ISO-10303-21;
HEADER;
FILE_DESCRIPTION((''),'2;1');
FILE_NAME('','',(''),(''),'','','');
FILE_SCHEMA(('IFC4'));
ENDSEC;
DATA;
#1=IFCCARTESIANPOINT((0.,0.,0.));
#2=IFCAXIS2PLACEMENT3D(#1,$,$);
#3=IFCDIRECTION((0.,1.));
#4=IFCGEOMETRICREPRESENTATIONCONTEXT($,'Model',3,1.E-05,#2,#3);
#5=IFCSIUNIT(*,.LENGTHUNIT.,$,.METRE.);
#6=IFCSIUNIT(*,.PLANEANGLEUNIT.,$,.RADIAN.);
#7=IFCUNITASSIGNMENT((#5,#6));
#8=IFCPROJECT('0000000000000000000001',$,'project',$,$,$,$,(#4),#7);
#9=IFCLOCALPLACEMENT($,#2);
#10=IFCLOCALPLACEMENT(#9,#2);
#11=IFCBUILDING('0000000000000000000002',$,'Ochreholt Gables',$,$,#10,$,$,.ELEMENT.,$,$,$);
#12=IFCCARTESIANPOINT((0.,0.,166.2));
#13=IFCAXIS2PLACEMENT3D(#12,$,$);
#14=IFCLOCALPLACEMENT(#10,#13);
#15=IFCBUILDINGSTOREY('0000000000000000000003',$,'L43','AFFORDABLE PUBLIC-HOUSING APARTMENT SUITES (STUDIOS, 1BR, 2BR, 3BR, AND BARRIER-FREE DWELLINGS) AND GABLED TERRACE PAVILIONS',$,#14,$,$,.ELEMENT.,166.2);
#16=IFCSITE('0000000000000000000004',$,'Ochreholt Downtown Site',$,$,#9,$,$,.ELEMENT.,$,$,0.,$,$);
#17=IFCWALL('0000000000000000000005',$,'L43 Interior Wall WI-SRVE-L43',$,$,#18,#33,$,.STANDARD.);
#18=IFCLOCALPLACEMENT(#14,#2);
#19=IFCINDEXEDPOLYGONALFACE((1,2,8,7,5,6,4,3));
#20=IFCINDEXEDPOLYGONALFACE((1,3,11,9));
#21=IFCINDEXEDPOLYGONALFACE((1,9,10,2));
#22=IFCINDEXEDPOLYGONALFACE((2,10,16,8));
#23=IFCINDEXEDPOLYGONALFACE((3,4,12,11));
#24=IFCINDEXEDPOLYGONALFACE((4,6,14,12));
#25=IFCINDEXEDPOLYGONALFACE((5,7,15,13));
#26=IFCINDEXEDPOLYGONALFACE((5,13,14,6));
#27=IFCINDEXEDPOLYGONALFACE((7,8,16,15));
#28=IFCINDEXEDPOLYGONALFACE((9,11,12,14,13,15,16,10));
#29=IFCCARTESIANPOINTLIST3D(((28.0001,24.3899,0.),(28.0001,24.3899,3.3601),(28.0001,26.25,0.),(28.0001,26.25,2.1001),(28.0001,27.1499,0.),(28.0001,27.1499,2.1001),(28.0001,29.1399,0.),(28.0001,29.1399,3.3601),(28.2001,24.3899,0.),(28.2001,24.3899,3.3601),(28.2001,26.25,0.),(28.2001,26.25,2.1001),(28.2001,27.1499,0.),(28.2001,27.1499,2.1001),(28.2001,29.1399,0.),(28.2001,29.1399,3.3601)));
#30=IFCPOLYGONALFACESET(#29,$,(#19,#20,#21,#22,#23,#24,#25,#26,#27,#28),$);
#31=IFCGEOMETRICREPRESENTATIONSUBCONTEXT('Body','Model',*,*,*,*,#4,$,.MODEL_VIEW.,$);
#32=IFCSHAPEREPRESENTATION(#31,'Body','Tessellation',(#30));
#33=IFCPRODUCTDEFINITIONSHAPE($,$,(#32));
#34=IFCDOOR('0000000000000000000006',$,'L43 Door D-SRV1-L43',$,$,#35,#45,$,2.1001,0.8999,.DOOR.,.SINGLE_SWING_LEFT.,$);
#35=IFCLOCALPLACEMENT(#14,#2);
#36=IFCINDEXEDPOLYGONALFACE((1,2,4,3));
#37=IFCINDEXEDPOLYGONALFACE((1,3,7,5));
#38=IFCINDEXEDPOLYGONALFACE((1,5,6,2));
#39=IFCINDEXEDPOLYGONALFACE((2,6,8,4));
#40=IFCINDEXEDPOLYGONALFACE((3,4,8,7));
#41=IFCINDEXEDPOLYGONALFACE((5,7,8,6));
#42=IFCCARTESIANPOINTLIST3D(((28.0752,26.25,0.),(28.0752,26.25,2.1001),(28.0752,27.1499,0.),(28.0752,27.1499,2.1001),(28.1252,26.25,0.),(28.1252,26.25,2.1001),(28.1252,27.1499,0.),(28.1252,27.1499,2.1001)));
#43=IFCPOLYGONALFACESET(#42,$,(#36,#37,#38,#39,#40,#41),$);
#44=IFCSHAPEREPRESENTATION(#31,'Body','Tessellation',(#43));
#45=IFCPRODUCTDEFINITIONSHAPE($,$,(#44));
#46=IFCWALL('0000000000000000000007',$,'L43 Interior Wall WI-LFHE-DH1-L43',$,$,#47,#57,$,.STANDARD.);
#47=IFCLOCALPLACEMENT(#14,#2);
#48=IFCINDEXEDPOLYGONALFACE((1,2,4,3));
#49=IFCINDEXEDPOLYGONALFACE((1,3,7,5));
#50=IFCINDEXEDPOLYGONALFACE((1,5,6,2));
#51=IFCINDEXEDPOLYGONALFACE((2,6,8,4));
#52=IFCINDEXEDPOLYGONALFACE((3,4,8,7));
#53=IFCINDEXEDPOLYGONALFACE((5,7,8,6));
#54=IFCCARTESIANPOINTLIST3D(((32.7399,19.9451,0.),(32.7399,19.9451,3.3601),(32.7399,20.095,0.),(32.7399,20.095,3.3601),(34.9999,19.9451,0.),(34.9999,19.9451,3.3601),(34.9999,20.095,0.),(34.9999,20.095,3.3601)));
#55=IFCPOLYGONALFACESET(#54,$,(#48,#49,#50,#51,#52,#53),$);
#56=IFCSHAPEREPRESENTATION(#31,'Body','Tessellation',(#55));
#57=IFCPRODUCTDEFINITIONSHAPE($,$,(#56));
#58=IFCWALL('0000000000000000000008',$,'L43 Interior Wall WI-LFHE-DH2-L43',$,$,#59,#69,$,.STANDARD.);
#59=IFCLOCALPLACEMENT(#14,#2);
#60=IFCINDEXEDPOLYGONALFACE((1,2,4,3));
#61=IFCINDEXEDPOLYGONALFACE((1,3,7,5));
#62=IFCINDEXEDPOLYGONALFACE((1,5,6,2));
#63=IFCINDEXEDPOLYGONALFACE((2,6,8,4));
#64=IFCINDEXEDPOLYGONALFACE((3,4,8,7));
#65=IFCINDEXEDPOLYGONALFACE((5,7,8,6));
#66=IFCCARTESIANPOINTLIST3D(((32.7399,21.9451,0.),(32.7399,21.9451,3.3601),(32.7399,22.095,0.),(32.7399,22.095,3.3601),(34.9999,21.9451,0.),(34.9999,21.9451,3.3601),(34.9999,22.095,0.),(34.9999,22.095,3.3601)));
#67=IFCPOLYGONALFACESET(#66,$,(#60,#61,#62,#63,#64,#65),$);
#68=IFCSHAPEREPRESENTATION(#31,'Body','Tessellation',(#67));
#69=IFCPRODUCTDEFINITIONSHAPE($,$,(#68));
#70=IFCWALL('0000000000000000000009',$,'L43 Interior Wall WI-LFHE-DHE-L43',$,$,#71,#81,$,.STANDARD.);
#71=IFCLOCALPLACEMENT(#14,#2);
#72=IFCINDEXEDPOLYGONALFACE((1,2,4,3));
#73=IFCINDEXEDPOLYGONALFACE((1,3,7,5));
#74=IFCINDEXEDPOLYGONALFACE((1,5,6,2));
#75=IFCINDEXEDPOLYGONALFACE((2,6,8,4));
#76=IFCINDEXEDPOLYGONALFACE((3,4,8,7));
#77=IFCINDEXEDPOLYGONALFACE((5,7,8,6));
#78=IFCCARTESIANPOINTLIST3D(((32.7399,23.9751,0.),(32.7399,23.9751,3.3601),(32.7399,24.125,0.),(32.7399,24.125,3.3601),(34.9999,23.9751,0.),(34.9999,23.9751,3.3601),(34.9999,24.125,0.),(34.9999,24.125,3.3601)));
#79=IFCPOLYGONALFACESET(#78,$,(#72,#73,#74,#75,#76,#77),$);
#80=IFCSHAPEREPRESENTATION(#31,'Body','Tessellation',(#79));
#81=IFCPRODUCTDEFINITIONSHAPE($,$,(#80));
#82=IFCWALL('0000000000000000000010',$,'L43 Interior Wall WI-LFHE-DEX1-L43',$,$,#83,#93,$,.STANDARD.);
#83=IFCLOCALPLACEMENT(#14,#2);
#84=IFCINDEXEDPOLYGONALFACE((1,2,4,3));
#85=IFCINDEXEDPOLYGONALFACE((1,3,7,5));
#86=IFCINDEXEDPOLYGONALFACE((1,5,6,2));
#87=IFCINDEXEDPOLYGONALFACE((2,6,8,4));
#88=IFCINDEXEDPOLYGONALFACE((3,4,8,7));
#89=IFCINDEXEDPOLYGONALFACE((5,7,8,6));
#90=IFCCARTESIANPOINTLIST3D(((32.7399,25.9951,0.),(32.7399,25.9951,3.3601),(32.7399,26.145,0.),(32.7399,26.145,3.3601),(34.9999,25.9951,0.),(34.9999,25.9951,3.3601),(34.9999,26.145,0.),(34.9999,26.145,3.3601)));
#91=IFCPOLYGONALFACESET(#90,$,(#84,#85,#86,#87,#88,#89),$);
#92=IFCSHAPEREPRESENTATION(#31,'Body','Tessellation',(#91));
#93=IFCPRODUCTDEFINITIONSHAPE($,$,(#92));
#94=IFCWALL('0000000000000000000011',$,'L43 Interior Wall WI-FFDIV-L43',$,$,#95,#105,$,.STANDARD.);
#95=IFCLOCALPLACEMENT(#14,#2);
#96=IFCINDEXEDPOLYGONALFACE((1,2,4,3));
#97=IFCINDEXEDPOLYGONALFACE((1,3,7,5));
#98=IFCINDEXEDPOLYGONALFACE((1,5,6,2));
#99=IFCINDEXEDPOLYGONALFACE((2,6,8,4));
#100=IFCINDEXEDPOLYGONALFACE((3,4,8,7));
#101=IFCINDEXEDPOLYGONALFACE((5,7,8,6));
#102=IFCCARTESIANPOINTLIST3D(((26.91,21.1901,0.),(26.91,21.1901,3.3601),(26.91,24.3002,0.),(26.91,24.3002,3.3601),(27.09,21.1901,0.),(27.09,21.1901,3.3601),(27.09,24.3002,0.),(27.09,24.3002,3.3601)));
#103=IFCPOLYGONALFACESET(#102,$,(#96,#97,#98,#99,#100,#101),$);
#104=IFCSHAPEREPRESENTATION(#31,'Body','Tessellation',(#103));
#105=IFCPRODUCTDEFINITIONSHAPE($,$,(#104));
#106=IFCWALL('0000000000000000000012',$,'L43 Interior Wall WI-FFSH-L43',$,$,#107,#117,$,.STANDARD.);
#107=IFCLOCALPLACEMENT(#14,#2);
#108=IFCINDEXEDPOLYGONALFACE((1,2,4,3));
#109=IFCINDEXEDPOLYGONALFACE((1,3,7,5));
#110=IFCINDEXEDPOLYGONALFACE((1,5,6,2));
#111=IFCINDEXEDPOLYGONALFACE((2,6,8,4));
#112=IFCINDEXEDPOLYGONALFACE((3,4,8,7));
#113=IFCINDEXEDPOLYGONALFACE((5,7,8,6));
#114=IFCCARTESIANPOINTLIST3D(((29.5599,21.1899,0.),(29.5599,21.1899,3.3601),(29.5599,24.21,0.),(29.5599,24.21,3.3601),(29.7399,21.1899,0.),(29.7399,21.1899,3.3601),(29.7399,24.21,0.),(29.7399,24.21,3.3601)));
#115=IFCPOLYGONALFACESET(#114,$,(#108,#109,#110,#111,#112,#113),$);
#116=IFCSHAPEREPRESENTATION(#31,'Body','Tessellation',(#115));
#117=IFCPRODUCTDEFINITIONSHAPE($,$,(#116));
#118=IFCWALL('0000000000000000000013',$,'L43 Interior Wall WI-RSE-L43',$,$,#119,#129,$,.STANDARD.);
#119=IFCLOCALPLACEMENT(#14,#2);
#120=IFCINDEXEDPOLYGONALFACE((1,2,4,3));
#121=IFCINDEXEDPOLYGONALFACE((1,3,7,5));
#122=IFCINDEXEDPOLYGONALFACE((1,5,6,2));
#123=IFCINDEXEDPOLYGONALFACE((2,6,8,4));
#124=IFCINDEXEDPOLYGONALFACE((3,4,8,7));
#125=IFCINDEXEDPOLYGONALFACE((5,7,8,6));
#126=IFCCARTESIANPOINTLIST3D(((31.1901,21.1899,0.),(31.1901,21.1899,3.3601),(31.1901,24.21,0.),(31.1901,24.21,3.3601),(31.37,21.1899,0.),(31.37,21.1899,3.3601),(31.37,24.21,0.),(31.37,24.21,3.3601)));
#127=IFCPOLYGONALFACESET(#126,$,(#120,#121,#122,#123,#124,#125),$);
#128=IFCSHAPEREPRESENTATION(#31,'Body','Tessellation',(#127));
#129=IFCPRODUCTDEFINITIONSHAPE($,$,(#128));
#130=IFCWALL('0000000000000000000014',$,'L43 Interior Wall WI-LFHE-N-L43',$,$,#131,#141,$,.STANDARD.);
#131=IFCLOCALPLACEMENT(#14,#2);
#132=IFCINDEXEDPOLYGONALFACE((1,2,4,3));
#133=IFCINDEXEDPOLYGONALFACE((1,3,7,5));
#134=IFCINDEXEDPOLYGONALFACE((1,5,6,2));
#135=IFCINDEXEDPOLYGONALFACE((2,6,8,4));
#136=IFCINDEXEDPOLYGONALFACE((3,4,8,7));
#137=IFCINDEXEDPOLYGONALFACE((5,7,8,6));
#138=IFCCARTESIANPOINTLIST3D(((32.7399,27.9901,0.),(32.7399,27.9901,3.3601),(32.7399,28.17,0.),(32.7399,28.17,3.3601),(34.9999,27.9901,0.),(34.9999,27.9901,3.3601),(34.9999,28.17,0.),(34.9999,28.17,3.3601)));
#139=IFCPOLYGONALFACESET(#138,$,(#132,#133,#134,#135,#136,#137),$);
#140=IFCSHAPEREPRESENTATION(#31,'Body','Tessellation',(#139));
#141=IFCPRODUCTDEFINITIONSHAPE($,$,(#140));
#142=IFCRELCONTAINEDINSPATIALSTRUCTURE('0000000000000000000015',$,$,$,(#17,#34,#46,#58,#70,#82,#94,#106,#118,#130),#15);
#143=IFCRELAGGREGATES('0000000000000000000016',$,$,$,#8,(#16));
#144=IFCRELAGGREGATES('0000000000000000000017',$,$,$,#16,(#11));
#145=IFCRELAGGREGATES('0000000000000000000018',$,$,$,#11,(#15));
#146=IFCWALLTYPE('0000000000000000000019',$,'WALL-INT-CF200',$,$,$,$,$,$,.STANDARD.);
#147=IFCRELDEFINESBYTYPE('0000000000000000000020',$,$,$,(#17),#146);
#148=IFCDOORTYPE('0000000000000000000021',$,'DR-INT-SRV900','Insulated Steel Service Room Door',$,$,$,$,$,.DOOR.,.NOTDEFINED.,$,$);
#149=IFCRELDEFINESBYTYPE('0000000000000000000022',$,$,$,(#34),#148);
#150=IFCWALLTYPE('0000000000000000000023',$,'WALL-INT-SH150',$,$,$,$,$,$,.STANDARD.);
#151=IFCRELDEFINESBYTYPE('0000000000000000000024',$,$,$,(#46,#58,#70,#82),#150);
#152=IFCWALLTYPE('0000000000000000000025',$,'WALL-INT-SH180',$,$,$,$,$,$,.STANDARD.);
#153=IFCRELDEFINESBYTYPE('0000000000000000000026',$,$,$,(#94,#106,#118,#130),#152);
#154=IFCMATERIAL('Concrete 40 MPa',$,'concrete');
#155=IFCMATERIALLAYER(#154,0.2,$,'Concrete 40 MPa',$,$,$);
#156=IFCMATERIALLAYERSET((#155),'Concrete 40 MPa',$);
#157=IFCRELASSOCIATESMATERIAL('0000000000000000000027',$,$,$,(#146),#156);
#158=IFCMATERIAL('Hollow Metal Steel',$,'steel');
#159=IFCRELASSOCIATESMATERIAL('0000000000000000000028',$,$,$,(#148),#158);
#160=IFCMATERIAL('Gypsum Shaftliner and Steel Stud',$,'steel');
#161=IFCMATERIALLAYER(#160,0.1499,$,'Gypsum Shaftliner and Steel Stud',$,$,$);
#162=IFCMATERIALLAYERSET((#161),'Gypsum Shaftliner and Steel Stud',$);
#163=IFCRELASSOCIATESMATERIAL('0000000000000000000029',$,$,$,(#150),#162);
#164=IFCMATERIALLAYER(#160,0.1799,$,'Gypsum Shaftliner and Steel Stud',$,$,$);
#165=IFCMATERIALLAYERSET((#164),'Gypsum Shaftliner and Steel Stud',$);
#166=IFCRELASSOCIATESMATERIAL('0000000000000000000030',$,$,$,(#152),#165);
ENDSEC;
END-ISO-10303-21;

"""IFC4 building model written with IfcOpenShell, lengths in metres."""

from ifc_helpers import new_model, si_unit, direction, frame, frame_2d, origin, place, context, subcontext, project, spatial, rectangle, extrude, material, layer, layer_set, type_object, element, fill, save


model = new_model("IFC4")

# Units and contexts
model_context = context("Model", 3, precision=1e-05, world=origin(), true_north=direction((0.0, 1.0)))
body_context = subcontext(model_context, "Body", "Model", "MODEL_VIEW")
ifc_project = project(units=[si_unit("LENGTHUNIT", "METRE"), si_unit("PLANEANGLEUNIT", "RADIAN")], contexts=[model_context])

# Site, building, storey
site_placement = place(None, origin())
site = spatial("IfcSite", under=ifc_project, at=site_placement, Name="Ochreholt Downtown Site", CompositionType="ELEMENT", RefElevation=0.0)
building_placement = place(site_placement, origin())
building = spatial("IfcBuilding", under=site, at=building_placement, Name="Ochreholt Gables", CompositionType="ELEMENT")
storey_placement = place(building_placement, frame((0.0, 0.0, 166.2)))
storey = spatial("IfcBuildingStorey", under=building, at=storey_placement, Name="L43", Description="AFFORDABLE PUBLIC-HOUSING APARTMENT SUITES (STUDIOS, 1BR, 2BR, 3BR, AND BARRIER-FREE DWELLINGS) AND GABLED TERRACE PAVILIONS", CompositionType="ELEMENT", Elevation=166.2)

# Wall, opening, door
ifc_material_1 = material(Name="Concrete 40 MPa", Category="concrete")
ifc_layer_1 = layer(ifc_material_1, 0.2, Name="Concrete 40 MPa")
ifc_layer_set_1 = layer_set([ifc_layer_1], Name="Concrete 40 MPa")
wall_type_1 = type_object("IfcWallType", Name="WALL-INT-CF200", PredefinedType="STANDARD", material=ifc_layer_set_1)
wall_1_placement = place(storey_placement, frame((28.1001, 24.3899, 0.0), z_axis=(0.0, 0.0, 1.0), x_axis=(0.0, 1.0, 0.0)))
wall_1 = element("IfcWall", 1, at=wall_1_placement, inside=storey, type_object=wall_type_1, Name="L43 Interior Wall WI-SRVE-L43", PredefinedType="STANDARD", context=body_context, shape_type="SweptSolid", body=[
    extrude(rectangle(XDim=4.75, YDim=0.2, at=frame_2d((2.375, 0.0))), origin(), (0.0, 0.0, 1.0), 3.3601),
])
opening_1_placement = place(wall_1_placement, frame((1.8601, 0.0, 0.0)))
opening_1 = element("IfcOpeningElement", 2, at=opening_1_placement, cuts=wall_1, PredefinedType="OPENING", context=body_context, shape_type="SweptSolid", body=[
    extrude(rectangle(XDim=0.8999, YDim=2.1001, at=frame_2d((0.45, 1.05))), frame((0.0, 0.1099, 0.0), z_axis=(0.0, -1.0, 0.0), x_axis=(1.0, 0.0, 0.0)), (0.0, 0.0, 1.0), 0.22),
])
ifc_material_2 = material(Name="Hollow Metal Steel", Category="steel")
door_type_1 = type_object("IfcDoorType", Name="DR-INT-SRV900", Description="Insulated Steel Service Room Door", OperationType="NOTDEFINED", PredefinedType="DOOR", material=ifc_material_2)
door_1_placement = place(opening_1_placement, origin())
door_1 = element("IfcDoor", 3, at=door_1_placement, inside=storey, type_object=door_type_1, Name="L43 Door D-SRV1-L43", OperationType="SINGLE_SWING_LEFT", OverallHeight=2.1001, OverallWidth=0.8999, PredefinedType="DOOR", context=body_context, shape_type="SweptSolid", body=[
    extrude(rectangle(XDim=0.8999, YDim=2.1001, at=frame_2d((0.45, 1.05))), frame((0.0, 0.0249, 0.0), z_axis=(0.0, -1.0, 0.0), x_axis=(1.0, 0.0, 0.0)), (0.0, 0.0, 1.0), 0.05),
])
fill(opening_1, door_1)

# Walls
ifc_material_3 = material(Name="Gypsum Shaftliner and Steel Stud", Category="steel")
ifc_layer_2 = layer(ifc_material_3, 0.1499, Name="Gypsum Shaftliner and Steel Stud")
ifc_layer_set_2 = layer_set([ifc_layer_2], Name="Gypsum Shaftliner and Steel Stud")
wall_type_2 = type_object("IfcWallType", Name="WALL-INT-SH150", PredefinedType="STANDARD", material=ifc_layer_set_2)
for number, where, z_axis, x_axis, name in (
    (4, (32.74, 20.02, 0.0), (0.0, 0.0, 1.0), (1.0, 0.0, 0.0), "L43 Interior Wall WI-LFHE-DH1-L43"),
    (5, (32.74, 22.02, 0.0), (0.0, 0.0, 1.0), (1.0, 0.0, 0.0), "L43 Interior Wall WI-LFHE-DH2-L43"),
    (6, (32.74, 24.05, 0.0), (0.0, 0.0, 1.0), (1.0, 0.0, 0.0), "L43 Interior Wall WI-LFHE-DHE-L43"),
    (7, (32.74, 26.0701, 0.0), (0.0, 0.0, 1.0), (1.0, 0.0, 0.0), "L43 Interior Wall WI-LFHE-DEX1-L43"),
):
    element("IfcWall", number, at=place(storey_placement, frame(where, z_axis=z_axis, x_axis=x_axis)), inside=storey, type_object=wall_type_2, Name=name, PredefinedType="STANDARD", context=body_context, shape_type="SweptSolid", body=[
        extrude(rectangle(XDim=2.26, YDim=0.1499, at=frame_2d((1.1299, 0.0))), origin(), (0.0, 0.0, 1.0), 3.3601),
    ])
ifc_layer_3 = layer(ifc_material_3, 0.1799, Name="Gypsum Shaftliner and Steel Stud")
ifc_layer_set_3 = layer_set([ifc_layer_3], Name="Gypsum Shaftliner and Steel Stud")
wall_type_3 = type_object("IfcWallType", Name="WALL-INT-SH180", PredefinedType="STANDARD", material=ifc_layer_set_3)
wall_2_placement = place(storey_placement, frame((27.0, 21.1899, 0.0), z_axis=(0.0, 0.0, 1.0), x_axis=(0.0, 1.0, 0.0)))
element("IfcWall", 8, at=wall_2_placement, inside=storey, type_object=wall_type_3, Name="L43 Interior Wall WI-FFDIV-L43", PredefinedType="STANDARD", context=body_context, shape_type="SweptSolid", body=[
    extrude(rectangle(XDim=3.1101, YDim=0.1799, at=frame_2d((1.5552, 0.0))), origin(), (0.0, 0.0, 1.0), 3.3601),
])
for number, where, z_axis, x_axis, name in (
    (9, (29.6499, 21.1899, 0.0), (0.0, 0.0, 1.0), (0.0, 1.0, 0.0), "L43 Interior Wall WI-FFSH-L43"),
    (10, (31.28, 21.1899, 0.0), (0.0, 0.0, 1.0), (0.0, 1.0, 0.0), "L43 Interior Wall WI-RSE-L43"),
):
    element("IfcWall", number, at=place(storey_placement, frame(where, z_axis=z_axis, x_axis=x_axis)), inside=storey, type_object=wall_type_3, Name=name, PredefinedType="STANDARD", context=body_context, shape_type="SweptSolid", body=[
        extrude(rectangle(XDim=3.02, YDim=0.1799, at=frame_2d((1.51, 0.0))), origin(), (0.0, 0.0, 1.0), 3.3601),
    ])
wall_3_placement = place(storey_placement, frame((32.74, 28.0801, 0.0), z_axis=(0.0, 0.0, 1.0), x_axis=(1.0, 0.0, 0.0)))
element("IfcWall", 11, at=wall_3_placement, inside=storey, type_object=wall_type_3, Name="L43 Interior Wall WI-LFHE-N-L43", PredefinedType="STANDARD", context=body_context, shape_type="SweptSolid", body=[
    extrude(rectangle(XDim=2.26, YDim=0.1799, at=frame_2d((1.1299, 0.0))), origin(), (0.0, 0.0, 1.0), 3.3601),
])

save(model, "model.ifc")
